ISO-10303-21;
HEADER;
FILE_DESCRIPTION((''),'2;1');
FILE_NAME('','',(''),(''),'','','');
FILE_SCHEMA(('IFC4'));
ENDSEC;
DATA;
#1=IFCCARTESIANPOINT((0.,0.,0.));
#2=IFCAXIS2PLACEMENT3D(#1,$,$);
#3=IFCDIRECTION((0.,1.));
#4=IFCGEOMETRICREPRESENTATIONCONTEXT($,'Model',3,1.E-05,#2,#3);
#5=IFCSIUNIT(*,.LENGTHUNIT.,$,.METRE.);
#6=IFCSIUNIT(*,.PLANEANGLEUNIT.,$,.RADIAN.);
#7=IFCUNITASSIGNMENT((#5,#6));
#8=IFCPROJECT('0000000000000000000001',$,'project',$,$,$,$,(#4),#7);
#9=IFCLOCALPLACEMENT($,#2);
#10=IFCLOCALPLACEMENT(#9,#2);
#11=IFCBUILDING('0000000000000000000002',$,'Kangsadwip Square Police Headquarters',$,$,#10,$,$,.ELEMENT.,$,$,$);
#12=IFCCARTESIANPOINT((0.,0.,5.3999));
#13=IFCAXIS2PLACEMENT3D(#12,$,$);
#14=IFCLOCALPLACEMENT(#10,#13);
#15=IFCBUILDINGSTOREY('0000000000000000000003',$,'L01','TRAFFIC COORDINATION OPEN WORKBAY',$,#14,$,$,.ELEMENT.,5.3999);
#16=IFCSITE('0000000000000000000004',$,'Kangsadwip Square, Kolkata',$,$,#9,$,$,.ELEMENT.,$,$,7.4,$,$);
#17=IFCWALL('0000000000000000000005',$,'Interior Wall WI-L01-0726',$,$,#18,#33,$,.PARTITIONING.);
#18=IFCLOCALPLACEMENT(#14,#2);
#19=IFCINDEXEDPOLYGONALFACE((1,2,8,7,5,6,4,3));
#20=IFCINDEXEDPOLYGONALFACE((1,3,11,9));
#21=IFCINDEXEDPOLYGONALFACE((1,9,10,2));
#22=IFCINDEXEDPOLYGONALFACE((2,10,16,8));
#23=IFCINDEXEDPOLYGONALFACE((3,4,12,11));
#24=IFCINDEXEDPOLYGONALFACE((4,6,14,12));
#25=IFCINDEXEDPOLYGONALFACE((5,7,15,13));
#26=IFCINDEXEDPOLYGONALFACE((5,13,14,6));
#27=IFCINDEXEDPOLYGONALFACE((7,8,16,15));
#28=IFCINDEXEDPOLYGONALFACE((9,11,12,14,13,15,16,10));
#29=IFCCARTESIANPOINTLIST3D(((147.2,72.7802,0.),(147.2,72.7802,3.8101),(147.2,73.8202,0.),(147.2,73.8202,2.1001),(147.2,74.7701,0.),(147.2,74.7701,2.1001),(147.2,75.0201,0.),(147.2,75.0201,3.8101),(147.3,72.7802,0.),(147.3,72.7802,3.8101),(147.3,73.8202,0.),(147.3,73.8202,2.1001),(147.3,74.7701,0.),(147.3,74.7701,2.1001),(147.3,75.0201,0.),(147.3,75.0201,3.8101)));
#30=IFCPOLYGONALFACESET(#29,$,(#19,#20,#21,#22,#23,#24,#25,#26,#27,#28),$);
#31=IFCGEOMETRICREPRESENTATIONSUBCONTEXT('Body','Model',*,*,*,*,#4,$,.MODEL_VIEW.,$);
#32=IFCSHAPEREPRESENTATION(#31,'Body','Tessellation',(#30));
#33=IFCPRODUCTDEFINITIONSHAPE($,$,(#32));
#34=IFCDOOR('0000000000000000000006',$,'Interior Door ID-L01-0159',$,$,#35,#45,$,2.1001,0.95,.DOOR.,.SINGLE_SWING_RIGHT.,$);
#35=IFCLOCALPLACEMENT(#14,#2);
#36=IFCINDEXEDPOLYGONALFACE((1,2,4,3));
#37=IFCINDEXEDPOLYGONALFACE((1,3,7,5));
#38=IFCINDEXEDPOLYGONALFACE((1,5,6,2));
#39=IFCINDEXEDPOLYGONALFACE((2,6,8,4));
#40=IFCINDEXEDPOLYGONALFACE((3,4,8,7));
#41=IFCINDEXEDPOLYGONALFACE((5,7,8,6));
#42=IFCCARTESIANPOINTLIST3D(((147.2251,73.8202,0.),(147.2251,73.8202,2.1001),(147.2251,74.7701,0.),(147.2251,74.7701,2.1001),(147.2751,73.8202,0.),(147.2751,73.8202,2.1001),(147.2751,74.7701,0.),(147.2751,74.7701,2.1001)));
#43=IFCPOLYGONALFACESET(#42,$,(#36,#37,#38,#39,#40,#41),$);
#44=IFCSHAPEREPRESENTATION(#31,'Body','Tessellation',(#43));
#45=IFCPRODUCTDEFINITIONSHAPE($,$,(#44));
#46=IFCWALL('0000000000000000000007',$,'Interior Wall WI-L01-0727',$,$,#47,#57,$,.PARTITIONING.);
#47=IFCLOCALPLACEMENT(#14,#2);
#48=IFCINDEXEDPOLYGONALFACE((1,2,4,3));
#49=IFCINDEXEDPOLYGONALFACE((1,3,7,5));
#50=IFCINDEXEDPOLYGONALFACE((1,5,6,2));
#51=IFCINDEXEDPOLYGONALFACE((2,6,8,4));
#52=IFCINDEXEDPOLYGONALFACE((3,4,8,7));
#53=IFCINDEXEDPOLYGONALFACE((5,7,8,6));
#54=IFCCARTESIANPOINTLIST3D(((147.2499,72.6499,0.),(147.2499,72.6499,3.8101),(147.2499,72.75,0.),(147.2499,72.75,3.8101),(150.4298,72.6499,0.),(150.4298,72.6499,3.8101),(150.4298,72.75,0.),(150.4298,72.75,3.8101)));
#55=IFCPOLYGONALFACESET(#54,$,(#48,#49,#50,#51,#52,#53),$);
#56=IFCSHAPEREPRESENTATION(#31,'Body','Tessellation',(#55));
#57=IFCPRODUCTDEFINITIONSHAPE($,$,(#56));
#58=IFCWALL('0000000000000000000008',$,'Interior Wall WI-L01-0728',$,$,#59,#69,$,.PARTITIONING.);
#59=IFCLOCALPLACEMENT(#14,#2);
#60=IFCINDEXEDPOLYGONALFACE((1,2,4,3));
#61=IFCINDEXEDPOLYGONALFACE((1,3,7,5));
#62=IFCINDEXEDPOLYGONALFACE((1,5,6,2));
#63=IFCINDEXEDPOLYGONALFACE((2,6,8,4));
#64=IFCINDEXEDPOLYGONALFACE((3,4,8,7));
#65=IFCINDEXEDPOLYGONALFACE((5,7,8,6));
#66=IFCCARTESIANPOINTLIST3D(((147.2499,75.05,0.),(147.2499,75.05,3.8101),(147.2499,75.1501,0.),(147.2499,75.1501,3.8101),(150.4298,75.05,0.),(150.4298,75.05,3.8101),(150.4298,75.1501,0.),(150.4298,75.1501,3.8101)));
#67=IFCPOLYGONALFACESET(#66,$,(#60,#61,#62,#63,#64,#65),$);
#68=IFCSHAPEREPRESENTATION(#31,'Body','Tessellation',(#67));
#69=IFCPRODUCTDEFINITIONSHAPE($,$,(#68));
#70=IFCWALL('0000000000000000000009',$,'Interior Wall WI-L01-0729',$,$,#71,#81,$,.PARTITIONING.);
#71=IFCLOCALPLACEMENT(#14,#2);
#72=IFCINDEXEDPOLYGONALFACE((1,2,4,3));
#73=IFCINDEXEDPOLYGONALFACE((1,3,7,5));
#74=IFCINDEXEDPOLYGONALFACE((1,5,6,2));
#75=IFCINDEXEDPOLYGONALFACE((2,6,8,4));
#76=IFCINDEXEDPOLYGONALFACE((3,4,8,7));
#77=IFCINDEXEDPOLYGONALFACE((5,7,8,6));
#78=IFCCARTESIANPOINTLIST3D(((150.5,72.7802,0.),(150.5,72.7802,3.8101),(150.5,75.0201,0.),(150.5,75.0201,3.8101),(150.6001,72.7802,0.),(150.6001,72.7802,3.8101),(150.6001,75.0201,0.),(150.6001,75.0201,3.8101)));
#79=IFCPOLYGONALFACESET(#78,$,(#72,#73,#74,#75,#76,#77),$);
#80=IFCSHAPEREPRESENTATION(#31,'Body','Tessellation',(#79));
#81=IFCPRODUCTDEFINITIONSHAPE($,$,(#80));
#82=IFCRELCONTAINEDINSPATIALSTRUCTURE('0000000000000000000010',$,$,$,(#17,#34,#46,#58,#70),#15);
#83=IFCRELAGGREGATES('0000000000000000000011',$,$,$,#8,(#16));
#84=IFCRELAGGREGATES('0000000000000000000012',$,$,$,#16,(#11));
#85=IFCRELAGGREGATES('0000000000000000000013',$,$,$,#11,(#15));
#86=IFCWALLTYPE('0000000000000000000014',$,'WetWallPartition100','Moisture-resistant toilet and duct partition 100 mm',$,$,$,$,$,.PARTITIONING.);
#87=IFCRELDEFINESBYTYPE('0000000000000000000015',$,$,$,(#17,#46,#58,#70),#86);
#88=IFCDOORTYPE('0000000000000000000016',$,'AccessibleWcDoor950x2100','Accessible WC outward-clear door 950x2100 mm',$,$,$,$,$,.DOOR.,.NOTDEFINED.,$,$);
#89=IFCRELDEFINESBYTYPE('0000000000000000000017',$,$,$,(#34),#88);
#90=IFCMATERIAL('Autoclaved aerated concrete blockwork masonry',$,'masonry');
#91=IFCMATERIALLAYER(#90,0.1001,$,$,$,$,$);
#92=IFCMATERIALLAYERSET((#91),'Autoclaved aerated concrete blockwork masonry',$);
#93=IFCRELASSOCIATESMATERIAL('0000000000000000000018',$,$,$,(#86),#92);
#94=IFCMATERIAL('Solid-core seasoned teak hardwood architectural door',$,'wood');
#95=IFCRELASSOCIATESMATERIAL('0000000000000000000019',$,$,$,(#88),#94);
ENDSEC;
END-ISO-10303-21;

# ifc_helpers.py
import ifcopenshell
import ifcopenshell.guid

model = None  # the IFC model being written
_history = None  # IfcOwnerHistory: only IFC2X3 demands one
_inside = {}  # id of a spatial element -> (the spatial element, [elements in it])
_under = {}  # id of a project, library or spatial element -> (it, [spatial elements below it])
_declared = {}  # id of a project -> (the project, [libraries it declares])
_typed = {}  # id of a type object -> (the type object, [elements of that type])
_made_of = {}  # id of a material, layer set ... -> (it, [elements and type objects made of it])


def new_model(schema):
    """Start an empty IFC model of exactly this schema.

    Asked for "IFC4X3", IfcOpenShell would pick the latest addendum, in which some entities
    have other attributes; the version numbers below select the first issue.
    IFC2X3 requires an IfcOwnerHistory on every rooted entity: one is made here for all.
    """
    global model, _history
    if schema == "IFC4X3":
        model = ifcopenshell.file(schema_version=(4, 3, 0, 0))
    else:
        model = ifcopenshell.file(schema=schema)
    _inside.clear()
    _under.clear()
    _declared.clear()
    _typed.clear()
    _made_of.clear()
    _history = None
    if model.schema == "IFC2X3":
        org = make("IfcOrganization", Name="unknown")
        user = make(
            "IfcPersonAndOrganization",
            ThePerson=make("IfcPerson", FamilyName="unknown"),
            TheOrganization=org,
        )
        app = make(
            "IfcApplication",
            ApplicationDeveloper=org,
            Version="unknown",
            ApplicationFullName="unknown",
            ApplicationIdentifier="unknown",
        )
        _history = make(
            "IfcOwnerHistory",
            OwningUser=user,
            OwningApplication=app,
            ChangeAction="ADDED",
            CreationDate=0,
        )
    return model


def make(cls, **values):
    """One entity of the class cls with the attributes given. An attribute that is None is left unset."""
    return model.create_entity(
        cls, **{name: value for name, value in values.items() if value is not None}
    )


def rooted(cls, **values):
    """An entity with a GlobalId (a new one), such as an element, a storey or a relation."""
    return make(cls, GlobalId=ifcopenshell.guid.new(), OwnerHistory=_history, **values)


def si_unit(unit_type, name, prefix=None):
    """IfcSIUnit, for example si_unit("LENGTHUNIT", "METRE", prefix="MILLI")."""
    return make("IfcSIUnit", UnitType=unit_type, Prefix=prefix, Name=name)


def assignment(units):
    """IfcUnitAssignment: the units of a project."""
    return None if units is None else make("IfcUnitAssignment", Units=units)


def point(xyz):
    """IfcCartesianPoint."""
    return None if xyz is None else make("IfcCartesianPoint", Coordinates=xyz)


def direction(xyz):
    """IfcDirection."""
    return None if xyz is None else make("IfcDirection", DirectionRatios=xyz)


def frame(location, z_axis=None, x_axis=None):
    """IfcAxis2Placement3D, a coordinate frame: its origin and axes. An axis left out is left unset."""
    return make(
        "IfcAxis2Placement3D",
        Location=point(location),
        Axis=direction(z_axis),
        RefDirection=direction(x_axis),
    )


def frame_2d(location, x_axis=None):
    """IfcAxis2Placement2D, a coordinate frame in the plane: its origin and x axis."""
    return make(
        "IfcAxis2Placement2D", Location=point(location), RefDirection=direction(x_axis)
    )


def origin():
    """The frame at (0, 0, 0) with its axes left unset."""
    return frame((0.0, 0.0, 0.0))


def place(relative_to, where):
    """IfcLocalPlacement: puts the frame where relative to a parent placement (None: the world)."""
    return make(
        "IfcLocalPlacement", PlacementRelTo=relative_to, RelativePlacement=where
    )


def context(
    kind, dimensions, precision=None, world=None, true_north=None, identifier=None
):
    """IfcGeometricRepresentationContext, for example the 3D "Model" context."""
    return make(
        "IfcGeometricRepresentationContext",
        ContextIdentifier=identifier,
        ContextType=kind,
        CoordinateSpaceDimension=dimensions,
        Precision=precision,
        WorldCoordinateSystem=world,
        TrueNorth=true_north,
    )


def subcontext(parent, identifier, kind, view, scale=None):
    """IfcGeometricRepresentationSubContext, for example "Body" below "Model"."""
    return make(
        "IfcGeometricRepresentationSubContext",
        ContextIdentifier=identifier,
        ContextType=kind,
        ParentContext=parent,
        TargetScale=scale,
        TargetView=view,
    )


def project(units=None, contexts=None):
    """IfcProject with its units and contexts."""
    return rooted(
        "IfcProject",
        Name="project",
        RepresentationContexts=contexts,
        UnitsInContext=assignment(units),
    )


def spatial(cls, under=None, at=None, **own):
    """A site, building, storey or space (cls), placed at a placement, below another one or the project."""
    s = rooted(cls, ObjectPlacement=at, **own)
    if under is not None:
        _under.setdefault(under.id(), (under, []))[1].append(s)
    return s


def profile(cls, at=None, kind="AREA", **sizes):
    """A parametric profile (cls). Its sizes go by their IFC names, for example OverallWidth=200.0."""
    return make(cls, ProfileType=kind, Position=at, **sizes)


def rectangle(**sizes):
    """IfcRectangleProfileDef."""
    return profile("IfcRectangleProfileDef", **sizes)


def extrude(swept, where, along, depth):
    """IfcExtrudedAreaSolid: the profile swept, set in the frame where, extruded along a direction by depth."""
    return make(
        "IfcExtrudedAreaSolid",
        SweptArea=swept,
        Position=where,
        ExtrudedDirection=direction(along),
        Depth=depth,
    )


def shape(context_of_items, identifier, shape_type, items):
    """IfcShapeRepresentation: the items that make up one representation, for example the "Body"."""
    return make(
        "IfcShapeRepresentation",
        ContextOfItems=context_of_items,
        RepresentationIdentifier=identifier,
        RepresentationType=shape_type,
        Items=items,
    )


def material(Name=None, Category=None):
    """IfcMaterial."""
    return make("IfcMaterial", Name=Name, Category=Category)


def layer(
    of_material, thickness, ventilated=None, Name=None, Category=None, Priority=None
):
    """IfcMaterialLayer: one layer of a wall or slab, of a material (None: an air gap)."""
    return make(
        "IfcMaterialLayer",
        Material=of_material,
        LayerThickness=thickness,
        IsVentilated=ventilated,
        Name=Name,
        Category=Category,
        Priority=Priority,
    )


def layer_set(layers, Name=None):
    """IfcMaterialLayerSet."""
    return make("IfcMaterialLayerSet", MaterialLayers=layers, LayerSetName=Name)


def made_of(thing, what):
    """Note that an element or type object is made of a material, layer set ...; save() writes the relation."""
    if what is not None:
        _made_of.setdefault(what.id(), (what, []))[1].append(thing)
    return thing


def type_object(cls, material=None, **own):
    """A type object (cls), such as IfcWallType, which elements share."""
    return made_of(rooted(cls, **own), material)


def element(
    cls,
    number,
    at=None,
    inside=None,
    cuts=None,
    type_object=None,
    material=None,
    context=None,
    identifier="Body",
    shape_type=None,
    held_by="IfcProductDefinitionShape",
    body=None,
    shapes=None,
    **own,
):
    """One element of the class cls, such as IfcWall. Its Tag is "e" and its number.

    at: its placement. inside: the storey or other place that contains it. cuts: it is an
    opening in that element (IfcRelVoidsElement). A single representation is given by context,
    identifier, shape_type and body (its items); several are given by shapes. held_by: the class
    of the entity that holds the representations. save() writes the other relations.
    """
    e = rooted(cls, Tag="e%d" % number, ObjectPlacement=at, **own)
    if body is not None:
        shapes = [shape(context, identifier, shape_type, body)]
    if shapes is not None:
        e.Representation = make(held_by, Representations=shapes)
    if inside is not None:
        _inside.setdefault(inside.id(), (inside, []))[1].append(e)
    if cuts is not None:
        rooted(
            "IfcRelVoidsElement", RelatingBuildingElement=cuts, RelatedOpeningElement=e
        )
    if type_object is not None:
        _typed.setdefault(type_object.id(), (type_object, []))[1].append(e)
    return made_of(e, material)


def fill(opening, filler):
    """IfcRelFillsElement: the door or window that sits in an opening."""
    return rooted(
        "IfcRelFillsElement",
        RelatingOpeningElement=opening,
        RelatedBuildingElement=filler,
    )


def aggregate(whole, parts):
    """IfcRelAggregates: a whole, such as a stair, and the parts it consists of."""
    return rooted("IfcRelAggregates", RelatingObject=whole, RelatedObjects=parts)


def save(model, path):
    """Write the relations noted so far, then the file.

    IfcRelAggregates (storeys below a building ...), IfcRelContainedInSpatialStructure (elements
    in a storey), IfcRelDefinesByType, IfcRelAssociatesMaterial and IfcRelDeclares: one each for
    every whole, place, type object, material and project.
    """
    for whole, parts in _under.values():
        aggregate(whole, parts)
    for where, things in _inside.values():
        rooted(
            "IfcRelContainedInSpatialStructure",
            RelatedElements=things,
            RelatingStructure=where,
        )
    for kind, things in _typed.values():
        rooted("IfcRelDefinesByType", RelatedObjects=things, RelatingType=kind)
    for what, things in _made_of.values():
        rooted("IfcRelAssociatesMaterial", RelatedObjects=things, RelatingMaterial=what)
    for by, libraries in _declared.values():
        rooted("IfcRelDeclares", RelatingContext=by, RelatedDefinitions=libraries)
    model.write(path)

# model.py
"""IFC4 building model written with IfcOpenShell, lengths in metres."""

from ifc_helpers import new_model, si_unit, direction, frame, frame_2d, origin, place, context, subcontext, project, spatial, rectangle, extrude, material, layer, layer_set, type_object, element, fill, save


model = new_model("IFC4")

# Units and contexts
model_context = context("Model", 3, precision=1e-05, world=origin(), true_north=direction((0.0, 1.0)))
body_context = subcontext(model_context, "Body", "Model", "MODEL_VIEW")
ifc_project = project(units=[si_unit("LENGTHUNIT", "METRE"), si_unit("PLANEANGLEUNIT", "RADIAN")], contexts=[model_context])

# Site, building, storey
site_placement = place(None, origin())
site = spatial("IfcSite", under=ifc_project, at=site_placement, Name="Kangsadwip Square, Kolkata", CompositionType="ELEMENT", RefElevation=7.4)
building_placement = place(site_placement, origin())
building = spatial("IfcBuilding", under=site, at=building_placement, Name="Kangsadwip Square Police Headquarters", CompositionType="ELEMENT")
storey_placement = place(building_placement, frame((0.0, 0.0, 5.3999)))
storey = spatial("IfcBuildingStorey", under=building, at=storey_placement, Name="L01", Description="TRAFFIC COORDINATION OPEN WORKBAY", CompositionType="ELEMENT", Elevation=5.3999)

# Wall, opening, door
ifc_material_1 = material(Name="Autoclaved aerated concrete blockwork masonry", Category="masonry")
ifc_layer_1 = layer(ifc_material_1, 0.1001)
ifc_layer_set_1 = layer_set([ifc_layer_1], Name="Autoclaved aerated concrete blockwork masonry")
wall_type_1 = type_object("IfcWallType", Name="WetWallPartition100", Description="Moisture-resistant toilet and duct partition 100 mm", PredefinedType="PARTITIONING", material=ifc_layer_set_1)
wall_1_placement = place(storey_placement, frame((147.25, 72.78, 0.0), z_axis=(0.0, 0.0, 1.0), x_axis=(0.0, 1.0, 0.0)))
wall_1 = element("IfcWall", 1, at=wall_1_placement, inside=storey, type_object=wall_type_1, Name="Interior Wall WI-L01-0726", PredefinedType="PARTITIONING", context=body_context, shape_type="SweptSolid", body=[
    extrude(rectangle(XDim=2.24, YDim=0.1001, at=frame_2d((1.1201, 0.0))), origin(), (0.0, 0.0, 1.0), 3.8101),
])
opening_1_placement = place(wall_1_placement, frame((1.04, 0.0, 0.0)))
opening_1 = element("IfcOpeningElement", 2, at=opening_1_placement, cuts=wall_1, PredefinedType="OPENING", context=body_context, shape_type="SweptSolid", body=[
    extrude(rectangle(XDim=0.95, YDim=2.1001, at=frame_2d((0.4751, 1.05))), frame((0.0, 0.0601, 0.0), z_axis=(0.0, -1.0, 0.0), x_axis=(1.0, 0.0, 0.0)), (0.0, 0.0, 1.0), 0.1201),
])
ifc_material_2 = material(Name="Solid-core seasoned teak hardwood architectural door", Category="wood")
door_type_1 = type_object("IfcDoorType", Name="AccessibleWcDoor950x2100", Description="Accessible WC outward-clear door 950x2100 mm", OperationType="NOTDEFINED", PredefinedType="DOOR", material=ifc_material_2)
door_1_placement = place(opening_1_placement, origin())
door_1 = element("IfcDoor", 3, at=door_1_placement, inside=storey, type_object=door_type_1, Name="Interior Door ID-L01-0159", OperationType="SINGLE_SWING_RIGHT", OverallHeight=2.1001, OverallWidth=0.95, PredefinedType="DOOR", context=body_context, shape_type="SweptSolid", body=[
    extrude(rectangle(XDim=0.95, YDim=2.1001, at=frame_2d((0.4751, 1.05))), frame((0.0, 0.0249, 0.0), z_axis=(0.0, -1.0, 0.0), x_axis=(1.0, 0.0, 0.0)), (0.0, 0.0, 1.0), 0.05),
])
fill(opening_1, door_1)

# Walls
for number, where, z_axis, x_axis, name in (
    (4, (147.25, 72.7, 0.0), (0.0, 0.0, 1.0), (1.0, 0.0, 0.0), "Interior Wall WI-L01-0727"),
    (5, (147.25, 75.1001, 0.0), (0.0, 0.0, 1.0), (1.0, 0.0, 0.0), "Interior Wall WI-L01-0728"),
):
    element("IfcWall", number, at=place(storey_placement, frame(where, z_axis=z_axis, x_axis=x_axis)), inside=storey, type_object=wall_type_1, Name=name, PredefinedType="PARTITIONING", context=body_context, shape_type="SweptSolid", body=[
        extrude(rectangle(XDim=3.1799, YDim=0.1001, at=frame_2d((1.5898, 0.0))), origin(), (0.0, 0.0, 1.0), 3.8101),
    ])
wall_2_placement = place(storey_placement, frame((150.55, 72.78, 0.0), z_axis=(0.0, 0.0, 1.0), x_axis=(0.0, 1.0, 0.0)))
element("IfcWall", 6, at=wall_2_placement, inside=storey, type_object=wall_type_1, Name="Interior Wall WI-L01-0729", PredefinedType="PARTITIONING", context=body_context, shape_type="SweptSolid", body=[
    extrude(rectangle(XDim=2.24, YDim=0.1001, at=frame_2d((1.1201, 0.0))), origin(), (0.0, 0.0, 1.0), 3.8101),
])

save(model, "model.ifc")
